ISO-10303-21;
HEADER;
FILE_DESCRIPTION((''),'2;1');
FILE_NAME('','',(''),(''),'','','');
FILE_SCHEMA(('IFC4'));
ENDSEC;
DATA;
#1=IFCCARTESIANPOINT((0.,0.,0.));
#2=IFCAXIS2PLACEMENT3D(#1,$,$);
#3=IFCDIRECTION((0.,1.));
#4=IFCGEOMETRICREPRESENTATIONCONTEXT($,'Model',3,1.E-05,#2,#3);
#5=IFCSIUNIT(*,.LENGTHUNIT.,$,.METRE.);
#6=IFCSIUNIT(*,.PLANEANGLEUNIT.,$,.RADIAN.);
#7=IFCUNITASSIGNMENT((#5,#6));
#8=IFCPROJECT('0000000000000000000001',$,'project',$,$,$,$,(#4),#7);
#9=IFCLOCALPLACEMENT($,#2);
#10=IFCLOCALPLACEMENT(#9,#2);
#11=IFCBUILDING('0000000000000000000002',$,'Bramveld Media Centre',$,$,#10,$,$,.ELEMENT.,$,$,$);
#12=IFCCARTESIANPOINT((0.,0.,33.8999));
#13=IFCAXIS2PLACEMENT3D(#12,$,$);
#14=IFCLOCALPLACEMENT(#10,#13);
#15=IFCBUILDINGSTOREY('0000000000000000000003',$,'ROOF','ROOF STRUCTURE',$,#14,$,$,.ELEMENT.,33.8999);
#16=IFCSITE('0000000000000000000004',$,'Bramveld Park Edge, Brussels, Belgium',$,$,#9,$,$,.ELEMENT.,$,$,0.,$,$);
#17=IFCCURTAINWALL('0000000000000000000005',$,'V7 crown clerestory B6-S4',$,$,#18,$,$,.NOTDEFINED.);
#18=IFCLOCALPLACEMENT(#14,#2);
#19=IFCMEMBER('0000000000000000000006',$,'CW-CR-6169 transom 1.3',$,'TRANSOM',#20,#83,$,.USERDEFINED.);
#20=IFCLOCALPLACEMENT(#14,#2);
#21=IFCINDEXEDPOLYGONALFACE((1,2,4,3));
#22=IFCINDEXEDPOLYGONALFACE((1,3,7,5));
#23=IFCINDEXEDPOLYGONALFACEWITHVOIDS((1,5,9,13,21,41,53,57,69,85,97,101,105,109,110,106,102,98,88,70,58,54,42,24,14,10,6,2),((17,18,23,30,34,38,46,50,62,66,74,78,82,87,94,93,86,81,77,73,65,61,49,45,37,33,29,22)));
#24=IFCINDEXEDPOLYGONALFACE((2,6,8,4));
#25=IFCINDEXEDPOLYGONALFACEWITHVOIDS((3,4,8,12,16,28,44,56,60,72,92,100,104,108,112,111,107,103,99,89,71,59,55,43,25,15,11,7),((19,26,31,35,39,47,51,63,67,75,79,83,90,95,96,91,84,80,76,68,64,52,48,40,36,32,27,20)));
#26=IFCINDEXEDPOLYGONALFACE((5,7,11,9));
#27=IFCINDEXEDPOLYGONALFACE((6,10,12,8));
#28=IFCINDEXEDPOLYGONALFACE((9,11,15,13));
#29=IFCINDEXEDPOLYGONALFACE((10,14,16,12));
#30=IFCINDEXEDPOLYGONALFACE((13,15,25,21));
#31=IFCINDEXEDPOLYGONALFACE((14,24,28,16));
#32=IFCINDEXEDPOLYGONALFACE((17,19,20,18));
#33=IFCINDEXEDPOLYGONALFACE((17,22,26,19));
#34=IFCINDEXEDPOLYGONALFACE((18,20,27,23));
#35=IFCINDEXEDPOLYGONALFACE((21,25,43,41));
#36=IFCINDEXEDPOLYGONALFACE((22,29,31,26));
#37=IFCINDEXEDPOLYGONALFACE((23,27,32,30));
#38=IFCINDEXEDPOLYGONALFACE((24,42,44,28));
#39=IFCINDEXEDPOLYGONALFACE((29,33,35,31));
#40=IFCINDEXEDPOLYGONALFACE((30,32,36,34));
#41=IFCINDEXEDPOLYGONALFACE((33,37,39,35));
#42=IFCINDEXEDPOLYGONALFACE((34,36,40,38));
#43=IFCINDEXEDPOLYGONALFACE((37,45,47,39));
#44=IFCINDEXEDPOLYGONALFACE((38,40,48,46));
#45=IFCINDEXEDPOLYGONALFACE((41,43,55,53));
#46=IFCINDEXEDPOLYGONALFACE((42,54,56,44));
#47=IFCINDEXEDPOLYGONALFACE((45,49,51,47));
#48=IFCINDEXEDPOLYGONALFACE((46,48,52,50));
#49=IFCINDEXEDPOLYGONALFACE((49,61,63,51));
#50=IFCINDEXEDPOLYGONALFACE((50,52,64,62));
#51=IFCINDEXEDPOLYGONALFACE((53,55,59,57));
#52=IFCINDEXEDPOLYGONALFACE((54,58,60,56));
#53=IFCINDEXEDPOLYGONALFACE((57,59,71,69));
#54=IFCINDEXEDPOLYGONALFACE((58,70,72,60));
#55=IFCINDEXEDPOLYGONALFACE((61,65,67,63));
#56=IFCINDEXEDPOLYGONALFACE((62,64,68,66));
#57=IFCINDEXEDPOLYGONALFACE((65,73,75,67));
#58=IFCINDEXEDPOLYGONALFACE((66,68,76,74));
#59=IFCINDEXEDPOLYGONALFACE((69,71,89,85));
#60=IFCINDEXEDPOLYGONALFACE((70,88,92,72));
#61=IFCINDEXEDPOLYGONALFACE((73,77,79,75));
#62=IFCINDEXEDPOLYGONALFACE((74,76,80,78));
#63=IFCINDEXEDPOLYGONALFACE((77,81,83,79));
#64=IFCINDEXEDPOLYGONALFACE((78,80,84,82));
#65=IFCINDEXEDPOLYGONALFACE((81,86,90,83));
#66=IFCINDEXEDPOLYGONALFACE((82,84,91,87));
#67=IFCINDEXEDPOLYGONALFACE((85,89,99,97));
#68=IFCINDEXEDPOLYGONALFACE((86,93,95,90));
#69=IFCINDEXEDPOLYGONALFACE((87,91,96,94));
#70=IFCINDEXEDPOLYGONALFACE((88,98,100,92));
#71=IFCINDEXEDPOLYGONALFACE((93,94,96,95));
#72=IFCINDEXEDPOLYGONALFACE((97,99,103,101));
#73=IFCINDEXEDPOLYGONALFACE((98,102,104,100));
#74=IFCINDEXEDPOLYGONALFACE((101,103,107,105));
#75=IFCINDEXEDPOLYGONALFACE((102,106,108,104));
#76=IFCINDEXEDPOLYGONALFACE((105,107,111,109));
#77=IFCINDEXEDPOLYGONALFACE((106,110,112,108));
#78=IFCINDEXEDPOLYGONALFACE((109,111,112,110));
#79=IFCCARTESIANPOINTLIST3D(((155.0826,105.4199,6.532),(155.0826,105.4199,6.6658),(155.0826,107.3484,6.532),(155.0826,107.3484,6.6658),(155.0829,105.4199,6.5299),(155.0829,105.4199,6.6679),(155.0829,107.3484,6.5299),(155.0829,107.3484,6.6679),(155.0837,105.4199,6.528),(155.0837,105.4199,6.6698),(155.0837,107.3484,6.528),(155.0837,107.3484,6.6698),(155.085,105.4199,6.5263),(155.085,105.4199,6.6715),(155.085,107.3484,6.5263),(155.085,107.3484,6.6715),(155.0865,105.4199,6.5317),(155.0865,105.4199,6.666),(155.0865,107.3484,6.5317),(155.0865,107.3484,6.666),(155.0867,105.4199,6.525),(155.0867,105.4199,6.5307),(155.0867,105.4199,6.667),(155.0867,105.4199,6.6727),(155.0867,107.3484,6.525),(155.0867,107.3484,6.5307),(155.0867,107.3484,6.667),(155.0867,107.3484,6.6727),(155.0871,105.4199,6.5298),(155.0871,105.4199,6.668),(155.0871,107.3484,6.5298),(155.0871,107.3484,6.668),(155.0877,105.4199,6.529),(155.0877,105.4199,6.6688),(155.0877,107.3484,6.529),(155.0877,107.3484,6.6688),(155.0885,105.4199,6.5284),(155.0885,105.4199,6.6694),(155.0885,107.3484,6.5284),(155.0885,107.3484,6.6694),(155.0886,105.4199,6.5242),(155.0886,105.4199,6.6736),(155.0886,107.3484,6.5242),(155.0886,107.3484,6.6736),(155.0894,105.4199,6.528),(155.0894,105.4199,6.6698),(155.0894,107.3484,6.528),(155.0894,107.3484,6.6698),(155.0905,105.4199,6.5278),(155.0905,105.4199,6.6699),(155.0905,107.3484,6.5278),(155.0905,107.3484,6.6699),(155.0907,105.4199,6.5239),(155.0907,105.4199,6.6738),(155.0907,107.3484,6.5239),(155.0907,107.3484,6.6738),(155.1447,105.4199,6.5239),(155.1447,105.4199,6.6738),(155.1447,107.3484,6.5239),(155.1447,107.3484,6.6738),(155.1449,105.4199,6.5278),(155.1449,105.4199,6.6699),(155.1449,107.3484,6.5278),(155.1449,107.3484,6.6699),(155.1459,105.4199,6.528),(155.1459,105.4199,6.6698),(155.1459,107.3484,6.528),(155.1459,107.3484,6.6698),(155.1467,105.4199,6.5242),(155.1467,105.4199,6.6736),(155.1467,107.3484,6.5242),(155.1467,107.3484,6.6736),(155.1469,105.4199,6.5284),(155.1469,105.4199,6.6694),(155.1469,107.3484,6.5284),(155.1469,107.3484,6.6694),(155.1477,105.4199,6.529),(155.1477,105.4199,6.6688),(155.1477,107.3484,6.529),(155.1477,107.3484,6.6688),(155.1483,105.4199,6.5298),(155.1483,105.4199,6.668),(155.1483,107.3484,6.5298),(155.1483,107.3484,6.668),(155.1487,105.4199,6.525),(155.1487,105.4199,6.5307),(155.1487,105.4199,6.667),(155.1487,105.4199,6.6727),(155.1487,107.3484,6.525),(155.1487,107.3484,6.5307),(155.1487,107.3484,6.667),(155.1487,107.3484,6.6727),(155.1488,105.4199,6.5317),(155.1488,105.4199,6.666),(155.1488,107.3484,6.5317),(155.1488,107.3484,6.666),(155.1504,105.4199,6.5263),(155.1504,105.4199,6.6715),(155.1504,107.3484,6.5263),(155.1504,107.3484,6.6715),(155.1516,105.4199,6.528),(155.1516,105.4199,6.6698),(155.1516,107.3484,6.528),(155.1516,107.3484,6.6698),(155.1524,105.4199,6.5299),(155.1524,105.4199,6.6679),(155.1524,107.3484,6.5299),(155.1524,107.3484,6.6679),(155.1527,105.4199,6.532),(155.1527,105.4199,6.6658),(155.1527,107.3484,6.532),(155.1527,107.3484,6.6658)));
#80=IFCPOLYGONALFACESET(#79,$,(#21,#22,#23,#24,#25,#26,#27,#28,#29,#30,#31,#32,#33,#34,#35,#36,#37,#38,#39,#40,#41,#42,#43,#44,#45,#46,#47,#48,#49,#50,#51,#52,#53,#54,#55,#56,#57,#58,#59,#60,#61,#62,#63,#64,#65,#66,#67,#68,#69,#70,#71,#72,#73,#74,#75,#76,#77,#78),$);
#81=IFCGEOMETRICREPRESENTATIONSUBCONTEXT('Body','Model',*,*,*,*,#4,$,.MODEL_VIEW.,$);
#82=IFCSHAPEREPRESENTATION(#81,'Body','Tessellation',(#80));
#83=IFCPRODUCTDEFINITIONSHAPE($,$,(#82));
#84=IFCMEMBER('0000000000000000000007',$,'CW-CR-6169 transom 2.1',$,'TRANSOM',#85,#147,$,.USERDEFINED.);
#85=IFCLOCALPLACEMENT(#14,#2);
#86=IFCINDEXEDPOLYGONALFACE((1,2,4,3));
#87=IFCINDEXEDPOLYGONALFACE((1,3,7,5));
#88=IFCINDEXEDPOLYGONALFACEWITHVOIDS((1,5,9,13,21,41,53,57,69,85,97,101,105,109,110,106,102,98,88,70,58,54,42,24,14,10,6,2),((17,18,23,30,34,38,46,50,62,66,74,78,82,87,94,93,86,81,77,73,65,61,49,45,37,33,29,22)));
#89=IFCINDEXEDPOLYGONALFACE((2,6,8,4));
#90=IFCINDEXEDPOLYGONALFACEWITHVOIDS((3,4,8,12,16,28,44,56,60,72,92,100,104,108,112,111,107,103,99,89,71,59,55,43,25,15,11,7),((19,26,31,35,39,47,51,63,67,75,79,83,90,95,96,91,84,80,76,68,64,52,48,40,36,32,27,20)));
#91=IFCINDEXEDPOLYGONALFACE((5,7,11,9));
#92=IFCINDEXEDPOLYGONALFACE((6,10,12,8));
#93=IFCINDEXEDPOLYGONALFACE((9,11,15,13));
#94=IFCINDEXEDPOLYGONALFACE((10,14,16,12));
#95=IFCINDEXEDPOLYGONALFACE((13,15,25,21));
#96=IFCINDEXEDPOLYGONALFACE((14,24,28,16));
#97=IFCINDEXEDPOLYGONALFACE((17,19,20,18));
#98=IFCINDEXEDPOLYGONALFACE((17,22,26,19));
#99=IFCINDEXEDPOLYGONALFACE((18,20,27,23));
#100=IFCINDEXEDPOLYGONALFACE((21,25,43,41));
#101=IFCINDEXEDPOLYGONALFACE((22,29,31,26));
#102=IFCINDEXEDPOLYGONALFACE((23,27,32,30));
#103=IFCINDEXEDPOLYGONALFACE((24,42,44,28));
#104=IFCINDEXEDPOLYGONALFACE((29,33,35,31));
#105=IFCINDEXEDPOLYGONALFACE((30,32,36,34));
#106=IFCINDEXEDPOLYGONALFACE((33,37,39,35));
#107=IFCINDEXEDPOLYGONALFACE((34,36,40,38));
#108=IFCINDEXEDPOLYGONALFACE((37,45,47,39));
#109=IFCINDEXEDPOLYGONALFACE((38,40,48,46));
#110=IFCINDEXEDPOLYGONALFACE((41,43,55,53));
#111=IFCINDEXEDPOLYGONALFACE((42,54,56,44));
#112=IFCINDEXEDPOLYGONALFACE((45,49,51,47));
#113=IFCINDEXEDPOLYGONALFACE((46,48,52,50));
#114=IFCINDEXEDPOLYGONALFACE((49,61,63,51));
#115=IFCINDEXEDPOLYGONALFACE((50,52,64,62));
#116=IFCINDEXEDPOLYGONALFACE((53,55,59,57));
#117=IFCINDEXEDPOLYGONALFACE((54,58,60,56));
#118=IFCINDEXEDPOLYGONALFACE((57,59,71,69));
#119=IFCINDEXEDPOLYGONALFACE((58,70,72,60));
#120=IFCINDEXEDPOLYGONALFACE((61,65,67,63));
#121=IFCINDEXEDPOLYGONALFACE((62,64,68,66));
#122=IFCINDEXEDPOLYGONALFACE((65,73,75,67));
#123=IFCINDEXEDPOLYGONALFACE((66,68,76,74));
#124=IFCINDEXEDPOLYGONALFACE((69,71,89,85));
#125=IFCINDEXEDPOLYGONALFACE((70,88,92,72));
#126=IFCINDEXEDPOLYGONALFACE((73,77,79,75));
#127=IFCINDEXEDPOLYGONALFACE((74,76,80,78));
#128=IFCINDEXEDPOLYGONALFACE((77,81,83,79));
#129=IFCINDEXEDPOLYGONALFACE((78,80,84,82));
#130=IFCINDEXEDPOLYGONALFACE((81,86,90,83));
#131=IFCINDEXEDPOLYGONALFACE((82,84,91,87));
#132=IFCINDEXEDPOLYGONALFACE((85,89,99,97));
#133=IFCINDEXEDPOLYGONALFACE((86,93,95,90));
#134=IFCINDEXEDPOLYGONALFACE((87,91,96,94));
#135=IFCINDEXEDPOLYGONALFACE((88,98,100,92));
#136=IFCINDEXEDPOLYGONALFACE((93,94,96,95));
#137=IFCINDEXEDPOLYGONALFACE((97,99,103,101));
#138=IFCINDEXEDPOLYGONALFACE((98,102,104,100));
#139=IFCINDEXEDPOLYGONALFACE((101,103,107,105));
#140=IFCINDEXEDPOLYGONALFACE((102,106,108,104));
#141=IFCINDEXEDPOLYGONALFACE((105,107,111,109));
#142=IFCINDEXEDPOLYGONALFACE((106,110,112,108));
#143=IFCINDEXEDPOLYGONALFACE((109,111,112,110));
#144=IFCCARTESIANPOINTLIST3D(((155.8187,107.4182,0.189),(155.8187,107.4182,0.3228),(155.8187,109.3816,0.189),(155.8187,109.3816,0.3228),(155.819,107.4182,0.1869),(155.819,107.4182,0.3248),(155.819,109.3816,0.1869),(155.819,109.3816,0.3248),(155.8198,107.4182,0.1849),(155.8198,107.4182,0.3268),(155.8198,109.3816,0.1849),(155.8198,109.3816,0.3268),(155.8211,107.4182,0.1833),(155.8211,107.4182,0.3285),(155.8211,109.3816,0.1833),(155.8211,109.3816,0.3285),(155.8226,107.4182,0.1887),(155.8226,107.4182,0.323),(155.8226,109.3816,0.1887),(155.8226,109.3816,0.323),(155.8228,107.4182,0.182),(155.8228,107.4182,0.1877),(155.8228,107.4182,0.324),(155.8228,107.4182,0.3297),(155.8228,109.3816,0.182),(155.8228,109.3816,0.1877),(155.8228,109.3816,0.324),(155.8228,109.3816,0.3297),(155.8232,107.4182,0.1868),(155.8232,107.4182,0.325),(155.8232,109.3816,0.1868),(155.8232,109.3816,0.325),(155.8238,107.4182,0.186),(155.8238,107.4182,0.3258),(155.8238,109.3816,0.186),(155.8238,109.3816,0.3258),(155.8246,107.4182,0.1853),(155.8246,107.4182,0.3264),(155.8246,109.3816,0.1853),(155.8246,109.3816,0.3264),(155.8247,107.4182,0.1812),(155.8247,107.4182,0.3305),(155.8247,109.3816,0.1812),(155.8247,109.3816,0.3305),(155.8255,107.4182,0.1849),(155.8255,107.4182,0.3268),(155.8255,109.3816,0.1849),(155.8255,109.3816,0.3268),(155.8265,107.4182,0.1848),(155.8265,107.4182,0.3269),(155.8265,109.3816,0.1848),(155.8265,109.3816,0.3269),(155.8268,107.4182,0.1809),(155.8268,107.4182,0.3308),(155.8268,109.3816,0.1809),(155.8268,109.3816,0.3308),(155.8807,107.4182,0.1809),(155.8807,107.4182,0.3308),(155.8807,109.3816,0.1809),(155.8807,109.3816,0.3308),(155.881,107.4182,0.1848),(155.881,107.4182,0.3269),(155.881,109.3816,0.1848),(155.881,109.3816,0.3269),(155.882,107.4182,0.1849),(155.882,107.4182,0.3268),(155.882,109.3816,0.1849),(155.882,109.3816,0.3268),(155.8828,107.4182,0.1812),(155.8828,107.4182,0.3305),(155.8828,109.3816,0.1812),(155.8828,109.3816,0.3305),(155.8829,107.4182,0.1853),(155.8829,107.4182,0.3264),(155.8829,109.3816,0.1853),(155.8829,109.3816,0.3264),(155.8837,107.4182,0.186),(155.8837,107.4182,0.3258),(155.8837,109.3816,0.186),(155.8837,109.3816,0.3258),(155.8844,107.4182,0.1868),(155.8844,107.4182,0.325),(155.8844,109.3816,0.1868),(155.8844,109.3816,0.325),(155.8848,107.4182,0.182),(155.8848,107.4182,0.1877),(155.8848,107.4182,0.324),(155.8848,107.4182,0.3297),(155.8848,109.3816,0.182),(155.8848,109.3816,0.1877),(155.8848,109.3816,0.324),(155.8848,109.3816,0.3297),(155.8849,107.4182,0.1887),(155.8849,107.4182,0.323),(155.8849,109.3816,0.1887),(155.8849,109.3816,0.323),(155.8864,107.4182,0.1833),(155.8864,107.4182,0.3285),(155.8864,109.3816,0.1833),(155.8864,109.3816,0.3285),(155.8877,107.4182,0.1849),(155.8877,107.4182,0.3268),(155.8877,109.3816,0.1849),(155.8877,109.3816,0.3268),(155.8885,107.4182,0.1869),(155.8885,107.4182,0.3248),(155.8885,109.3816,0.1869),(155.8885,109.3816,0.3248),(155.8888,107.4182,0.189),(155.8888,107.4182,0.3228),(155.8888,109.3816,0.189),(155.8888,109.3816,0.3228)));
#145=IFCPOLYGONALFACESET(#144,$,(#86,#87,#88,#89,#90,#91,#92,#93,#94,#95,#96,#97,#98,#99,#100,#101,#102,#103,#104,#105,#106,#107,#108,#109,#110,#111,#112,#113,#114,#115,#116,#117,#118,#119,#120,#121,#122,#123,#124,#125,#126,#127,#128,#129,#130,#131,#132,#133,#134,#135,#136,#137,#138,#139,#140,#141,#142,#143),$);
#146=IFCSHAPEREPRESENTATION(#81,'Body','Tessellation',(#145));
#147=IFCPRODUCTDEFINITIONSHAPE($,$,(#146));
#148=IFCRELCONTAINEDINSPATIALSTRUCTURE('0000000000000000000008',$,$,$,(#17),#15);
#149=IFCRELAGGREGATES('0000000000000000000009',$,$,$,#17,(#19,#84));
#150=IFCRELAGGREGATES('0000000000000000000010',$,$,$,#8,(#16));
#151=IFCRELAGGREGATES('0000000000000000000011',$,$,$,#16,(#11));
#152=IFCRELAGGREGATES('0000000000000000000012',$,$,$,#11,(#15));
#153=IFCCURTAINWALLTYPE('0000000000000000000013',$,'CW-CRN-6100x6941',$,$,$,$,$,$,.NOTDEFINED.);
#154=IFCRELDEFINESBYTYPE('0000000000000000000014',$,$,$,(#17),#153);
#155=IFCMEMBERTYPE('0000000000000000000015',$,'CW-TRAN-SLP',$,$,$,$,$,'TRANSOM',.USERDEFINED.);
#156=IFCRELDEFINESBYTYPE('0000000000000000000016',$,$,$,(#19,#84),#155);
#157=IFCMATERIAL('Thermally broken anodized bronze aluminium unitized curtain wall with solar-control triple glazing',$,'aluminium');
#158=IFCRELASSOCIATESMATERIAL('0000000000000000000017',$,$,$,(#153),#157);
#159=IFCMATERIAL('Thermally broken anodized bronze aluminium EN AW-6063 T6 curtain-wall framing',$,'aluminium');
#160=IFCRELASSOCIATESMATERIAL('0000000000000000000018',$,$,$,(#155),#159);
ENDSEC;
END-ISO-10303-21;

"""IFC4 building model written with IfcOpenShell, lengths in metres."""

from ifc_helpers import new_model, si_unit, direction, frame, origin, origin_2d, place, context, subcontext, project, spatial, hollow_rectangle, extrude, material, material_profile, profile_set, type_object, element, aggregate, save


model = new_model("IFC4")

# Units and contexts
model_context = context("Model", 3, precision=1e-05, world=origin(), true_north=direction((0.0, 1.0)))
body_context = subcontext(model_context, "Body", "Model", "MODEL_VIEW")
ifc_project = project(units=[si_unit("LENGTHUNIT", "METRE"), si_unit("PLANEANGLEUNIT", "RADIAN")], contexts=[model_context])

# Site, building, storey
site_placement = place(None, origin())
site = spatial("IfcSite", under=ifc_project, at=site_placement, Name="Bramveld Park Edge, Brussels, Belgium", CompositionType="ELEMENT", RefElevation=0.0)
building_placement = place(site_placement, origin())
building = spatial("IfcBuilding", under=site, at=building_placement, Name="Bramveld Media Centre", CompositionType="ELEMENT")
storey_placement = place(building_placement, frame((0.0, 0.0, 33.8999)))
storey = spatial("IfcBuildingStorey", under=building, at=storey_placement, Name="ROOF", Description="ROOF STRUCTURE", CompositionType="ELEMENT", Elevation=33.8999)

# Curtain wall
ifc_material_1 = material(Name="Thermally broken anodized bronze aluminium unitized curtain wall with solar-control triple glazing", Category="aluminium")
curtain_wall_type = type_object("IfcCurtainWallType", Name="CW-CRN-6100x6941", PredefinedType="NOTDEFINED", material=ifc_material_1)
curtain_wall_1_placement = place(storey_placement, origin())
curtain_wall_1 = element("IfcCurtainWall", 1, at=curtain_wall_1_placement, inside=storey, type_object=curtain_wall_type, Name="V7 crown clerestory B6-S4", PredefinedType="NOTDEFINED")

# Members
ifc_material_2 = material(Name="Thermally broken anodized bronze aluminium EN AW-6063 T6 curtain-wall framing", Category="aluminium")
ifc_material_profile_1 = material_profile(ifc_material_2, hollow_rectangle(XDim=0.0701, YDim=0.1499, WallThickness=0.0039, InnerFilletRadius=0.0039, OuterFilletRadius=0.0081, at=origin_2d()), Name="AL-TRAN 70x150")
ifc_profile_set_1 = profile_set([ifc_material_profile_1], Name="Thermally broken anodized bronze aluminium EN AW-6063 T6 curtain-wall framing")
member_type_1 = type_object("IfcMemberType", Name="CW-TRAN-SLP", ElementType="TRANSOM", PredefinedType="USERDEFINED", material=ifc_profile_set_1)
member_1_placement = place(storey_placement, frame((155.1177, 105.4199, 6.5989), z_axis=(0.0, 1.0, 0.0), x_axis=(-1.0, 0.0, 0.0)))
member_1 = element("IfcMember", 2, at=member_1_placement, type_object=member_type_1, Name="CW-CR-6169 transom 1.3", ObjectType="TRANSOM", PredefinedType="USERDEFINED", context=body_context, shape_type="SweptSolid", body=[
    extrude(hollow_rectangle(XDim=0.0701, YDim=0.1499, WallThickness=0.0039, InnerFilletRadius=0.0039, OuterFilletRadius=0.0081, at=origin_2d()), origin(), (0.0, 0.0, 1.0), 1.9285),
])
member_2_placement = place(storey_placement, frame((155.8538, 107.4182, 0.2559), z_axis=(0.0, 1.0, 0.0), x_axis=(-1.0, 0.0, 0.0)))
member_2 = element("IfcMember", 3, at=member_2_placement, type_object=member_type_1, Name="CW-CR-6169 transom 2.1", ObjectType="TRANSOM", PredefinedType="USERDEFINED", context=body_context, shape_type="SweptSolid", body=[
    extrude(hollow_rectangle(XDim=0.0701, YDim=0.1499, WallThickness=0.0039, InnerFilletRadius=0.0039, OuterFilletRadius=0.0081, at=origin_2d()), origin(), (0.0, 0.0, 1.0), 1.9634),
])

aggregate(curtain_wall_1, [member_1, member_2])

save(model, "model.ifc")
